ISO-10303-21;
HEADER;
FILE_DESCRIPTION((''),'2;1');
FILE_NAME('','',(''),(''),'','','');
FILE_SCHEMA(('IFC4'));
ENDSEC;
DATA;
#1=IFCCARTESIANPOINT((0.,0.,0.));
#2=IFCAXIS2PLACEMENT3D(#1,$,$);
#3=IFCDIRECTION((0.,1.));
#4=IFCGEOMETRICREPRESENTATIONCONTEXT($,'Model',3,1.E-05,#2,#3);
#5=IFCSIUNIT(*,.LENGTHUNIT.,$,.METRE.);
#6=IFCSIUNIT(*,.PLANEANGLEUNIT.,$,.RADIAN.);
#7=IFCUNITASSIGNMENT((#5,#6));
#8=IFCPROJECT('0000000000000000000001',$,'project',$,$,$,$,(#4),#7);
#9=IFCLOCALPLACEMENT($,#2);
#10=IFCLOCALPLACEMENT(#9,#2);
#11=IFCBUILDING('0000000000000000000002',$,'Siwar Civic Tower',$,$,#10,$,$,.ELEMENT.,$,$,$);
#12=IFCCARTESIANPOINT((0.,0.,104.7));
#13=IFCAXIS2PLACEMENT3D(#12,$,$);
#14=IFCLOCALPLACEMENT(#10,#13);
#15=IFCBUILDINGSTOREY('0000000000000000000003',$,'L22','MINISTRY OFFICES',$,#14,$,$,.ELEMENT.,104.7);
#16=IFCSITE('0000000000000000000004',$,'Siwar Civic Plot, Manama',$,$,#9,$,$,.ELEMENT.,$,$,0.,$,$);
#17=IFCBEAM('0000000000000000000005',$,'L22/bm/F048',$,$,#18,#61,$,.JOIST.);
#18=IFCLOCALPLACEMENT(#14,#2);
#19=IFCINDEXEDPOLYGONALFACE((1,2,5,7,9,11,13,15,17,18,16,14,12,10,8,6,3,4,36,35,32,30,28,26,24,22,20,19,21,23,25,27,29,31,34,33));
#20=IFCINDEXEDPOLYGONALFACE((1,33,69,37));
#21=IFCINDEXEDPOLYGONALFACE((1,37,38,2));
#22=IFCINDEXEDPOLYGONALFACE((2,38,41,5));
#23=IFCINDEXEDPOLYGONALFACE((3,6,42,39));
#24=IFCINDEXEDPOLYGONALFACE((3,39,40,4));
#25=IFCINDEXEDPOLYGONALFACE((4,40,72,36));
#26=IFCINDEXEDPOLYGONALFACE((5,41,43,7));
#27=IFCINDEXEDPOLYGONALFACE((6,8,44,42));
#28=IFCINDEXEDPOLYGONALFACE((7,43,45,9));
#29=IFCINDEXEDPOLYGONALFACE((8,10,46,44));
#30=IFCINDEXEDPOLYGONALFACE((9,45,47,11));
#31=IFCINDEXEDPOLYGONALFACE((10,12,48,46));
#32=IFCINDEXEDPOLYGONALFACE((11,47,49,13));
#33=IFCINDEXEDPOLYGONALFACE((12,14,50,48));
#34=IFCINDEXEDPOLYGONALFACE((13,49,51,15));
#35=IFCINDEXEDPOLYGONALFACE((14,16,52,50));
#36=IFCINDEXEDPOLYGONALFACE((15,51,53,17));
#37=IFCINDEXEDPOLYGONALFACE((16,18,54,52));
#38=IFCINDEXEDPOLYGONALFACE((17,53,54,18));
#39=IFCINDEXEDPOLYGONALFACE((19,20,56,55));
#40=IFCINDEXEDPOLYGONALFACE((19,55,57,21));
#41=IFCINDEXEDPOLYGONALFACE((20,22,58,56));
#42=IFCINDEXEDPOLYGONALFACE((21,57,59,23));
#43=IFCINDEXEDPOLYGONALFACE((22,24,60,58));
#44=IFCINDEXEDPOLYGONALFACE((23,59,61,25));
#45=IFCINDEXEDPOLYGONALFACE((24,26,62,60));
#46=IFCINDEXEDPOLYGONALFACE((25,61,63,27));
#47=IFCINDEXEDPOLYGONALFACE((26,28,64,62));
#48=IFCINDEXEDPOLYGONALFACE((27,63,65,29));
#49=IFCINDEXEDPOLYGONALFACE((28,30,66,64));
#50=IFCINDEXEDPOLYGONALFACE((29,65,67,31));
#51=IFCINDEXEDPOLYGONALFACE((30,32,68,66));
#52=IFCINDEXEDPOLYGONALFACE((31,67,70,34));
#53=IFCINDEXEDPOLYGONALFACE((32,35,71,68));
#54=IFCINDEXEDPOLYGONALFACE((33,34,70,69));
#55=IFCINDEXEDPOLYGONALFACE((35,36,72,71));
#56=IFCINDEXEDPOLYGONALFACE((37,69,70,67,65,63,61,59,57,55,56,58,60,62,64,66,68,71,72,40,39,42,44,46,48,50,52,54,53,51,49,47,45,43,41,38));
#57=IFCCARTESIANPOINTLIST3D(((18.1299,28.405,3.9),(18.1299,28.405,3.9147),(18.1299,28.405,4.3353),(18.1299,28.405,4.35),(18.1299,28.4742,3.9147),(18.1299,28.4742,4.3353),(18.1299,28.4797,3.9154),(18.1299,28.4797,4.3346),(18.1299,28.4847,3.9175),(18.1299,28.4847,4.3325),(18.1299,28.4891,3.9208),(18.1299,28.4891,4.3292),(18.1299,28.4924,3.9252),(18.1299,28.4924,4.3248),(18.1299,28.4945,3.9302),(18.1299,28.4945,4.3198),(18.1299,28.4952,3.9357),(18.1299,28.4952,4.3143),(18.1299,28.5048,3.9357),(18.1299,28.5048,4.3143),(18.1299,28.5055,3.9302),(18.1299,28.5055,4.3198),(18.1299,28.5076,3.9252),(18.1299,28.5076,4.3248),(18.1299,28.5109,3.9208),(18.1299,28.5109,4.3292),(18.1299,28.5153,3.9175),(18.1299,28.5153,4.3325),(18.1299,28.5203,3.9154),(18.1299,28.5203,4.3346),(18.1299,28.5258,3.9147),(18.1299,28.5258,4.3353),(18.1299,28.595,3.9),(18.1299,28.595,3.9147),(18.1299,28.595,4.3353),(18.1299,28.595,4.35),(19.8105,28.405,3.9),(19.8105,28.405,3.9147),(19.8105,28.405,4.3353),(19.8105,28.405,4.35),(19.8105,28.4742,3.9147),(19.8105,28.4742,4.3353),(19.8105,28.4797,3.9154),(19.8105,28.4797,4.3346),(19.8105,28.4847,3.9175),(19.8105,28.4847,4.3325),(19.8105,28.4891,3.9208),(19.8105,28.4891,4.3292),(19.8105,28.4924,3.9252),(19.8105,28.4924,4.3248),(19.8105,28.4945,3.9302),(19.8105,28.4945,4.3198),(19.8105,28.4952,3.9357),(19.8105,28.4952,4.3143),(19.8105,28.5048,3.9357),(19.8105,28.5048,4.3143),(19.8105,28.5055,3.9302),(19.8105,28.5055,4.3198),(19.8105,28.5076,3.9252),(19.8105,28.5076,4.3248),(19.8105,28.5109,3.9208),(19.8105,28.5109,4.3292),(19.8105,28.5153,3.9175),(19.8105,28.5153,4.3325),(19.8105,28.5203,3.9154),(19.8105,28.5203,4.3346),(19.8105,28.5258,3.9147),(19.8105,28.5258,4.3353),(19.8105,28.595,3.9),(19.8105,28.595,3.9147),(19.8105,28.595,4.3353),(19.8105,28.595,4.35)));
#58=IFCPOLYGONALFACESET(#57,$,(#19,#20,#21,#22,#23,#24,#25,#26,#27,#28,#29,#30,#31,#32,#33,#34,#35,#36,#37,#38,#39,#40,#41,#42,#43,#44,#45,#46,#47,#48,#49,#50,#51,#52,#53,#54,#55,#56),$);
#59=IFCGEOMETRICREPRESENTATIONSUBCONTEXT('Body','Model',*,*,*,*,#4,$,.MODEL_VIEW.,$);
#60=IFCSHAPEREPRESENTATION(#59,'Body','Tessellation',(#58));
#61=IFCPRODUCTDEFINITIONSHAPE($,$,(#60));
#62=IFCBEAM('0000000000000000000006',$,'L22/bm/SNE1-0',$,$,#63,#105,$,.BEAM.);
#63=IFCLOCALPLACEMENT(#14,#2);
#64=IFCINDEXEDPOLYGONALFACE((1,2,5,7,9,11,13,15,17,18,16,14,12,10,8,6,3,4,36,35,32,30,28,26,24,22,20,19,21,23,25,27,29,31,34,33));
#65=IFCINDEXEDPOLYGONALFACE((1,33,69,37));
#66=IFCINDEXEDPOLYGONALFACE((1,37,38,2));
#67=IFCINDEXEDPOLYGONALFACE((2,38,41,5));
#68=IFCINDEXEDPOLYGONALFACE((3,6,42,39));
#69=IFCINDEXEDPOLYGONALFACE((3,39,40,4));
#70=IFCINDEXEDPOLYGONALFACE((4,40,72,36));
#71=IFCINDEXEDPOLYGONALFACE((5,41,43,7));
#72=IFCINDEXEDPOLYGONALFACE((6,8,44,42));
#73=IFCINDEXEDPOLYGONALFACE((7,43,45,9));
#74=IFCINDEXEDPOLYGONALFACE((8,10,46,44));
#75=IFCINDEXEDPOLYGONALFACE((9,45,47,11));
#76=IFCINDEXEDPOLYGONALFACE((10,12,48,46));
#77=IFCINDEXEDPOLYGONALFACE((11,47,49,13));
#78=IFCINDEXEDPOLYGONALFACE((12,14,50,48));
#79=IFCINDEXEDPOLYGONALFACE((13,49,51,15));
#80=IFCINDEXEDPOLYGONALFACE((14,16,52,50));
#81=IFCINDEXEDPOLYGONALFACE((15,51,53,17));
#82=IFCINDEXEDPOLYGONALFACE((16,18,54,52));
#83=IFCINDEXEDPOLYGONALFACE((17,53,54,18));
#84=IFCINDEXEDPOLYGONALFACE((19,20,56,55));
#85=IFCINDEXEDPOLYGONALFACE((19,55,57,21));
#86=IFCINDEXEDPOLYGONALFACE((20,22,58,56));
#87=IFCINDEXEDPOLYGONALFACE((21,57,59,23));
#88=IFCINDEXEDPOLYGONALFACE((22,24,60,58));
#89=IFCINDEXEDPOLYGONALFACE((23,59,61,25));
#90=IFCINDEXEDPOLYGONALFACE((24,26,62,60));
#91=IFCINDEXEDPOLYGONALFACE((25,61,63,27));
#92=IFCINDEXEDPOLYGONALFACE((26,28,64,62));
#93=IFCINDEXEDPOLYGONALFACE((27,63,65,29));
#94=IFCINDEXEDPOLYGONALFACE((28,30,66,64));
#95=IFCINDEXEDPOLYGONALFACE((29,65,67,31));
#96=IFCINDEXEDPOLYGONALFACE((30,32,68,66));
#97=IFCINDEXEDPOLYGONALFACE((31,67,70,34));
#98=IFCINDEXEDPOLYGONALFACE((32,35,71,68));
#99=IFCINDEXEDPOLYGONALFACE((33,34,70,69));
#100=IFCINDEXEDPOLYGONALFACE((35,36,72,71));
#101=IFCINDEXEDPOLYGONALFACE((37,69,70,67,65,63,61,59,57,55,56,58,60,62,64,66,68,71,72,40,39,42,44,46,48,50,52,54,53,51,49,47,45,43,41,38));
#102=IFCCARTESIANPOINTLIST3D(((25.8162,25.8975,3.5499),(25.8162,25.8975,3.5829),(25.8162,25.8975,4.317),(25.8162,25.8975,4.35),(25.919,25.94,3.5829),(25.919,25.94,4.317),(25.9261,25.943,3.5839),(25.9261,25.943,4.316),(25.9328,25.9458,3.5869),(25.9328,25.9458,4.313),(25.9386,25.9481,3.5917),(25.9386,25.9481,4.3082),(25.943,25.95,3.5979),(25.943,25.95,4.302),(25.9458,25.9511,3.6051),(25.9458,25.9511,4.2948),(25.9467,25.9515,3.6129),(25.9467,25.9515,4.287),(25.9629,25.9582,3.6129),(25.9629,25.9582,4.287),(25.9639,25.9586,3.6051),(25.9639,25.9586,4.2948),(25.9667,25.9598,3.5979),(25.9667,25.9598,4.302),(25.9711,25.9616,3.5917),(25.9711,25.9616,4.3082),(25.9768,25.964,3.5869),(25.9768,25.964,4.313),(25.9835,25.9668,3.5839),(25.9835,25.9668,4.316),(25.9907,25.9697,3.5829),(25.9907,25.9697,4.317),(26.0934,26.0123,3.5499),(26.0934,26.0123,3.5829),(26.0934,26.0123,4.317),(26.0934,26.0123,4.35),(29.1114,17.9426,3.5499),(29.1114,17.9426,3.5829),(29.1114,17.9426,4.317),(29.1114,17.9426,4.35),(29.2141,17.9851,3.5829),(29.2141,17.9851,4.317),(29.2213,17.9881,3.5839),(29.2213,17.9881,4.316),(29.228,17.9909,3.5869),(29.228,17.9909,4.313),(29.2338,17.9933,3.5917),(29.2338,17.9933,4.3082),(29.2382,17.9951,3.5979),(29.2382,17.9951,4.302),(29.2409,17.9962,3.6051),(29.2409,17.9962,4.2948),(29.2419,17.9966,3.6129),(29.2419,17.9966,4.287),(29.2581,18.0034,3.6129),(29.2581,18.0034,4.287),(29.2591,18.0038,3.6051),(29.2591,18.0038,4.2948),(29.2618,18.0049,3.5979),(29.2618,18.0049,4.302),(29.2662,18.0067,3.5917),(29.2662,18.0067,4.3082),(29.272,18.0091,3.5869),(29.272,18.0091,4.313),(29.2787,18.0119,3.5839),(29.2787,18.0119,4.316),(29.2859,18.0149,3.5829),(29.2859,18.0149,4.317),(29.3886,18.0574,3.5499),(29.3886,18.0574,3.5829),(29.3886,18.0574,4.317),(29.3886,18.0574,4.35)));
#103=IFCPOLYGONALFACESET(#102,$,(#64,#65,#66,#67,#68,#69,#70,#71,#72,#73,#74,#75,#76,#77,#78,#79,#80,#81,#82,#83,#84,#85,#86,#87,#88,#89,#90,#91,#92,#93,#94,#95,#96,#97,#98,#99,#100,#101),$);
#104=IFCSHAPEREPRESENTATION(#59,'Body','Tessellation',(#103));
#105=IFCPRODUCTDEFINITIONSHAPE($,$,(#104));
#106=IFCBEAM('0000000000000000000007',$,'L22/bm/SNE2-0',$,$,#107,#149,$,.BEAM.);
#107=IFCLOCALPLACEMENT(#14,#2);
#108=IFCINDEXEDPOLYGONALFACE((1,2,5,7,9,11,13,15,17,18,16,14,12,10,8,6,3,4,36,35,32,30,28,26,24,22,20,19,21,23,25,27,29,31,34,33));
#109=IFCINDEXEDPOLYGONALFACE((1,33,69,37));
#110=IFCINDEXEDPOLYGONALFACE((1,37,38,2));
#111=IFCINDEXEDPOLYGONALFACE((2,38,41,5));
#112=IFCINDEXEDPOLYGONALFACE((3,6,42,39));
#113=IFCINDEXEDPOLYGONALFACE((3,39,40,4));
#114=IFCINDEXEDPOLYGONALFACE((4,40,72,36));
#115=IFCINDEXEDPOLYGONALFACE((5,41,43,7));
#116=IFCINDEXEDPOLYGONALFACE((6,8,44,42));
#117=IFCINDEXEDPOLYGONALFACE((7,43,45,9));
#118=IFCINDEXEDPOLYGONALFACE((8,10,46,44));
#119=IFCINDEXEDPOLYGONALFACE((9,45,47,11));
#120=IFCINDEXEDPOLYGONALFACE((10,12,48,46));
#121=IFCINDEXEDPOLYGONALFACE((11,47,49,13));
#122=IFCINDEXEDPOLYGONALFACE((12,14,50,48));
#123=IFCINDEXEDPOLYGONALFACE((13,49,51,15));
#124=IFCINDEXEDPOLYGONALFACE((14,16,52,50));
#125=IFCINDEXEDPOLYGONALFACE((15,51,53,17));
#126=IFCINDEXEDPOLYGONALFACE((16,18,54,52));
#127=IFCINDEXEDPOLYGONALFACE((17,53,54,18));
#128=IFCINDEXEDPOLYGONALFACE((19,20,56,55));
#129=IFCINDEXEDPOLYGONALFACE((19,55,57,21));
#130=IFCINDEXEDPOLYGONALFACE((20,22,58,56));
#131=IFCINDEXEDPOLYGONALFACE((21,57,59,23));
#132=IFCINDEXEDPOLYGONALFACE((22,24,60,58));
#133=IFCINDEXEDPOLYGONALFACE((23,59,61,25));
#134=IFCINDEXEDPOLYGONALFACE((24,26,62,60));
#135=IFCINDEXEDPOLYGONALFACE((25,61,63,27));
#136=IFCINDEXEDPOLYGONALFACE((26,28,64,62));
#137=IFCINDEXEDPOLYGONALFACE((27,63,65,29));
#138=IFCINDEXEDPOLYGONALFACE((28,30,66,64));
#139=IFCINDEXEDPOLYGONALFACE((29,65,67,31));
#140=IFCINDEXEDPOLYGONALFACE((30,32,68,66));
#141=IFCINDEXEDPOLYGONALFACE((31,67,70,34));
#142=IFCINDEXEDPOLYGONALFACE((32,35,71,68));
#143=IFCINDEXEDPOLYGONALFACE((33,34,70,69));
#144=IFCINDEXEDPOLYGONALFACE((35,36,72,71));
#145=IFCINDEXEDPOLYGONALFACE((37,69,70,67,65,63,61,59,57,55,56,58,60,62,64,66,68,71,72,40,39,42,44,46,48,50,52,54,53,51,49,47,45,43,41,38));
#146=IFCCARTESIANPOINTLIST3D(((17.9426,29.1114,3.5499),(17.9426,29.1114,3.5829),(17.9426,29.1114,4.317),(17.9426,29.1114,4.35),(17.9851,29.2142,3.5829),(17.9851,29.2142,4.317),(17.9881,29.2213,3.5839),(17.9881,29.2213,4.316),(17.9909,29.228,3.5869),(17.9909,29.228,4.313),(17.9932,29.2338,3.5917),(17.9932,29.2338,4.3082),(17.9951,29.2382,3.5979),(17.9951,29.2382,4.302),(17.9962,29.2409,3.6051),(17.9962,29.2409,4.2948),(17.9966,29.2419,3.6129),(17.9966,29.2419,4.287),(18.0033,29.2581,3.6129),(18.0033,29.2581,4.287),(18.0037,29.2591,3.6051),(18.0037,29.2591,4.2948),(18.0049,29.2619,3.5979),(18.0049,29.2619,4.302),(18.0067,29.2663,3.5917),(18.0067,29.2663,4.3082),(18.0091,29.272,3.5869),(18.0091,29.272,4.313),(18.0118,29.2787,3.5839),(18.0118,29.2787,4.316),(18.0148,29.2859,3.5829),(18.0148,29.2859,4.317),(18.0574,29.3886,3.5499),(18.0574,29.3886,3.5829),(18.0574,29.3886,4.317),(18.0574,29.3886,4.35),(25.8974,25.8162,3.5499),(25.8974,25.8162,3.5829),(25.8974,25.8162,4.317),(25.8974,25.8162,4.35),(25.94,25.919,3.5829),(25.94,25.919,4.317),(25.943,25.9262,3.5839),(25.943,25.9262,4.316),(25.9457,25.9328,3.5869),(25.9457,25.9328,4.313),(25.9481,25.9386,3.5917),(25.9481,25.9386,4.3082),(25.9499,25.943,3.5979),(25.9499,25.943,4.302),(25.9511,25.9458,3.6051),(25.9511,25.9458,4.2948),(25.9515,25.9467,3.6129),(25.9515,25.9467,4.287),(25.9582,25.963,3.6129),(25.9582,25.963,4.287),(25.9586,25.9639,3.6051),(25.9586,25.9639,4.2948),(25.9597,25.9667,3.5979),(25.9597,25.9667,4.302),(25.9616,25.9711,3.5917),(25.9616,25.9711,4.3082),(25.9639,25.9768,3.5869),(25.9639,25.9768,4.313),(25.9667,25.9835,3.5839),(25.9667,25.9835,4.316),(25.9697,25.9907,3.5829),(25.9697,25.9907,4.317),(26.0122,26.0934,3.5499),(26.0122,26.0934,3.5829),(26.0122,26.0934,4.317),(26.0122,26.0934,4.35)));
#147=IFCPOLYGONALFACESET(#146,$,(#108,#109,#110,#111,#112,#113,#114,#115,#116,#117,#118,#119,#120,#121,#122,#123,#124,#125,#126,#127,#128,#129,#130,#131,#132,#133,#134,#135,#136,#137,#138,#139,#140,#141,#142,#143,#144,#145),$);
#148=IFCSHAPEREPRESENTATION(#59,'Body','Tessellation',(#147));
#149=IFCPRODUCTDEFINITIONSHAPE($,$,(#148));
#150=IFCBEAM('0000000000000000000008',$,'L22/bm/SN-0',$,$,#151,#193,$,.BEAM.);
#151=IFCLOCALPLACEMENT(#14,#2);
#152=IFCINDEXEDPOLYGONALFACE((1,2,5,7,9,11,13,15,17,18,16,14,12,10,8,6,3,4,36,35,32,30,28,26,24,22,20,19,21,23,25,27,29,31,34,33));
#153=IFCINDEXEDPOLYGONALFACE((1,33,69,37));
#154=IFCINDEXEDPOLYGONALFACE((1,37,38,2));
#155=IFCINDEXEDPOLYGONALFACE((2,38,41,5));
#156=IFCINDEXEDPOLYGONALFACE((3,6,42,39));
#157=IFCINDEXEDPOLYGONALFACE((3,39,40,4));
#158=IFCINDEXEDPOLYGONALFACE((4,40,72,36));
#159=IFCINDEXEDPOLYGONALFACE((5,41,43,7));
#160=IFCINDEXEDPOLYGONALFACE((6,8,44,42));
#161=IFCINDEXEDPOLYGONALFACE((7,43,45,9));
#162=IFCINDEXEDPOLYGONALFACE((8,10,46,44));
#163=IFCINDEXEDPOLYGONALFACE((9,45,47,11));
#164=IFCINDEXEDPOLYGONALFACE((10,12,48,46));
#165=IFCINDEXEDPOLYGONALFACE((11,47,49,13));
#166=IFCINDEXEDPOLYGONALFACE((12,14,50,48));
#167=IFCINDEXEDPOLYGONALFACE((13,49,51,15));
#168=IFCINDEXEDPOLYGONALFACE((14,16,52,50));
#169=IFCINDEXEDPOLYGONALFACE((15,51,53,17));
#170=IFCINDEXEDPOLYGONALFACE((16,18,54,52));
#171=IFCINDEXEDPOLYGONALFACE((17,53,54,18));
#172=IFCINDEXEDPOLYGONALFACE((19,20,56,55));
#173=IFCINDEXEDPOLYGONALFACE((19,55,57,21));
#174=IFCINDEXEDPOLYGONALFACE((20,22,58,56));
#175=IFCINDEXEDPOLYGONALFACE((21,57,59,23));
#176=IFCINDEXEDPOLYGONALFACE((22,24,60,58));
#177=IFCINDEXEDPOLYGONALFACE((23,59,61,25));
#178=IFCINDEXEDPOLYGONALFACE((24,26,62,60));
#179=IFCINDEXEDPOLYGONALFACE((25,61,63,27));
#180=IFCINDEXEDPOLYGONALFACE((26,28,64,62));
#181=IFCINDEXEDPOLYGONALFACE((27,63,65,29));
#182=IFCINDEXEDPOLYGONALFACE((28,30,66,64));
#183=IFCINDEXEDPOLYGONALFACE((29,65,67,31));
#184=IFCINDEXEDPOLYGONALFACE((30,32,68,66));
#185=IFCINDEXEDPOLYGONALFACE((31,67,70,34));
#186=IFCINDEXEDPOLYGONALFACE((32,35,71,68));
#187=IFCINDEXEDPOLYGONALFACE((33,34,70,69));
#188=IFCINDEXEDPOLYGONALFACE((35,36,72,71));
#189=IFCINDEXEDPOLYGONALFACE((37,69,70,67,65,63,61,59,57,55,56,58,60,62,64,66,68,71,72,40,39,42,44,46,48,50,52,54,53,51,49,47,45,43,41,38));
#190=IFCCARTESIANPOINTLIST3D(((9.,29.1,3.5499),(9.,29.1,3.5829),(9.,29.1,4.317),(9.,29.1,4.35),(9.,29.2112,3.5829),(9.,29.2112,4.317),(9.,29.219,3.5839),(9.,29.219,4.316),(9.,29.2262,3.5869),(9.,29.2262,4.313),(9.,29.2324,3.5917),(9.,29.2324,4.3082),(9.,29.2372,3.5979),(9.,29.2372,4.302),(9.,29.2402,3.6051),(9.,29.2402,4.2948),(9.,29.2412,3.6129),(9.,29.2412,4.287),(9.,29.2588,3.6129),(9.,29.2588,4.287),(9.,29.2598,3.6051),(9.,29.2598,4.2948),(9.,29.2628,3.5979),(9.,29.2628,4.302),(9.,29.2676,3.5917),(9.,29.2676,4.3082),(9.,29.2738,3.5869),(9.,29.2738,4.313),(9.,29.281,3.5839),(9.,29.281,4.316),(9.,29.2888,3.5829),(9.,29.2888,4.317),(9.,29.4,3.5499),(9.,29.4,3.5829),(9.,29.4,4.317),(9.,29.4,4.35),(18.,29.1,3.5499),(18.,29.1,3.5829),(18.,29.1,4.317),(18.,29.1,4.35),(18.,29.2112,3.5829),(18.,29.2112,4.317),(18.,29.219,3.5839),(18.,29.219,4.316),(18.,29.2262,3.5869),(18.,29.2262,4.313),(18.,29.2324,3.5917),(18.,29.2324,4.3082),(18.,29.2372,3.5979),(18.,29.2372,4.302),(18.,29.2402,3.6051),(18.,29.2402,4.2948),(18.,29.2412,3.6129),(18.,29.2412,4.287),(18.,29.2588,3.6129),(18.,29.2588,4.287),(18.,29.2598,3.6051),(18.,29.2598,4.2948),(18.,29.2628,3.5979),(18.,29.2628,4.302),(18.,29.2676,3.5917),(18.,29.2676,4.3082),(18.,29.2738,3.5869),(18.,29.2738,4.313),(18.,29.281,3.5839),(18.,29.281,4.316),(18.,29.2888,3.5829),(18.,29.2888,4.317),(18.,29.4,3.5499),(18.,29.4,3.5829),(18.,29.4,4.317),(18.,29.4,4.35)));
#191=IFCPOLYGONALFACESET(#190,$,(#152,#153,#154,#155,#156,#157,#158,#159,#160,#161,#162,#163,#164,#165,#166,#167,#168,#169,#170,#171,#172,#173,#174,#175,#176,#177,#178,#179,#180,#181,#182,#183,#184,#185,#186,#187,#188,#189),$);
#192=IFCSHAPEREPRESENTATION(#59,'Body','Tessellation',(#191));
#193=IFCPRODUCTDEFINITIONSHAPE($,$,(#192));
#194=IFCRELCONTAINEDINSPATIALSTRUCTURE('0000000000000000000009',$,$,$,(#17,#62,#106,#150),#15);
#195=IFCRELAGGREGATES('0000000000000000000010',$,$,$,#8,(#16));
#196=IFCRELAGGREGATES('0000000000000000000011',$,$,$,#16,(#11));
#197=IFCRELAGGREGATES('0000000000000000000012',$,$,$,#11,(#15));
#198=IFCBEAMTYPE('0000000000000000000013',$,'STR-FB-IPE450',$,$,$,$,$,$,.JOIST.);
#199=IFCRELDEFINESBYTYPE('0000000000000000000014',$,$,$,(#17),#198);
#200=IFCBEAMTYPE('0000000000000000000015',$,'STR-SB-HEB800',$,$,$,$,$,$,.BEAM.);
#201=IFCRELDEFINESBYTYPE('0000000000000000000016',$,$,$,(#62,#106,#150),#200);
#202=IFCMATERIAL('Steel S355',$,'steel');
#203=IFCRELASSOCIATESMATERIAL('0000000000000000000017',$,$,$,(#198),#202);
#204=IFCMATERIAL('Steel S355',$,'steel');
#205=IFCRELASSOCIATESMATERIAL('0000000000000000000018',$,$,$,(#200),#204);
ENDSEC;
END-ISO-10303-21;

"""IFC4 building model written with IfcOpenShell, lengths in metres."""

from ifc_helpers import new_model, si_unit, direction, frame, origin, origin_2d, place, context, subcontext, project, spatial, i_section, extrude, material, material_profile, profile_set, type_object, element, save


model = new_model("IFC4")

# Units and contexts
model_context = context("Model", 3, precision=1e-05, world=origin(), true_north=direction((0.0, 1.0)))
body_context = subcontext(model_context, "Body", "Model", "MODEL_VIEW")
ifc_project = project(units=[si_unit("LENGTHUNIT", "METRE"), si_unit("PLANEANGLEUNIT", "RADIAN")], contexts=[model_context])

# Site, building, storey
site_placement = place(None, origin())
site = spatial("IfcSite", under=ifc_project, at=site_placement, Name="Siwar Civic Plot, Manama", CompositionType="ELEMENT", RefElevation=0.0)
building_placement = place(site_placement, origin())
building = spatial("IfcBuilding", under=site, at=building_placement, Name="Siwar Civic Tower", CompositionType="ELEMENT")
storey_placement = place(building_placement, frame((0.0, 0.0, 104.7)))
storey = spatial("IfcBuildingStorey", under=building, at=storey_placement, Name="L22", Description="MINISTRY OFFICES", CompositionType="ELEMENT", Elevation=104.7)

# Beams
ifc_material_1 = material(Name="Steel S355", Category="steel")
ifc_material_profile_1 = material_profile(ifc_material_1, i_section(OverallWidth=0.1899, OverallDepth=0.45, WebThickness=0.0095, FlangeThickness=0.0146, FilletRadius=0.021, at=origin_2d()), Name="IPE450")
ifc_profile_set_1 = profile_set([ifc_material_profile_1], Name="Steel S355")
beam_type_1 = type_object("IfcBeamType", Name="STR-FB-IPE450", PredefinedType="JOIST", material=ifc_profile_set_1)
beam_1_placement = place(storey_placement, frame((18.1299, 28.5, 4.125), z_axis=(1.0, 0.0, 0.0), x_axis=(0.0, 1.0, 0.0)))
element("IfcBeam", 1, at=beam_1_placement, inside=storey, type_object=beam_type_1, Name="L22/bm/F048", PredefinedType="JOIST", context=body_context, shape_type="SweptSolid", body=[
    extrude(i_section(OverallWidth=0.1899, OverallDepth=0.45, WebThickness=0.0095, FlangeThickness=0.0146, FilletRadius=0.021, at=origin_2d()), origin(), (0.0, 0.0, 1.0), 1.6807),
])
ifc_material_2 = material(Name="Steel S355", Category="steel")
ifc_material_profile_2 = material_profile(ifc_material_2, i_section(OverallWidth=0.3, OverallDepth=0.8, WebThickness=0.0176, FlangeThickness=0.033, FilletRadius=0.03, at=origin_2d()), Name="HEB800")
ifc_profile_set_2 = profile_set([ifc_material_profile_2], Name="Steel S355")
beam_type_2 = type_object("IfcBeamType", Name="STR-SB-HEB800", PredefinedType="BEAM", material=ifc_profile_set_2)
for number, where, z_axis, x_axis, name in (
    (2, (29.25, 18.0, 3.95), (-0.3827, 0.923873, 0.0), (-0.923873, -0.3827, 0.0), "L22/bm/SNE1-0"),
    (3, (25.9548, 25.9548, 3.95), (-0.923873, 0.3827, 0.0), (-0.3827, -0.923873, 0.0), "L22/bm/SNE2-0"),
):
    element("IfcBeam", number, at=place(storey_placement, frame(where, z_axis=z_axis, x_axis=x_axis)), inside=storey, type_object=beam_type_2, Name=name, PredefinedType="BEAM", context=body_context, shape_type="SweptSolid", body=[
        extrude(i_section(OverallWidth=0.3, OverallDepth=0.8, WebThickness=0.0176, FlangeThickness=0.033, FilletRadius=0.03, at=origin_2d()), origin(), (0.0, 0.0, 1.0), 8.6104),
    ])
beam_2_placement = place(storey_placement, frame((18.0, 29.25, 3.95), z_axis=(-1.0, 0.0, 0.0), x_axis=(0.0, -1.0, 0.0)))
element("IfcBeam", 4, at=beam_2_placement, inside=storey, type_object=beam_type_2, Name="L22/bm/SN-0", PredefinedType="BEAM", context=body_context, shape_type="SweptSolid", body=[
    extrude(i_section(OverallWidth=0.3, OverallDepth=0.8, WebThickness=0.0176, FlangeThickness=0.033, FilletRadius=0.03, at=origin_2d()), origin(), (0.0, 0.0, 1.0), 9.0),
])

save(model, "model.ifc")
